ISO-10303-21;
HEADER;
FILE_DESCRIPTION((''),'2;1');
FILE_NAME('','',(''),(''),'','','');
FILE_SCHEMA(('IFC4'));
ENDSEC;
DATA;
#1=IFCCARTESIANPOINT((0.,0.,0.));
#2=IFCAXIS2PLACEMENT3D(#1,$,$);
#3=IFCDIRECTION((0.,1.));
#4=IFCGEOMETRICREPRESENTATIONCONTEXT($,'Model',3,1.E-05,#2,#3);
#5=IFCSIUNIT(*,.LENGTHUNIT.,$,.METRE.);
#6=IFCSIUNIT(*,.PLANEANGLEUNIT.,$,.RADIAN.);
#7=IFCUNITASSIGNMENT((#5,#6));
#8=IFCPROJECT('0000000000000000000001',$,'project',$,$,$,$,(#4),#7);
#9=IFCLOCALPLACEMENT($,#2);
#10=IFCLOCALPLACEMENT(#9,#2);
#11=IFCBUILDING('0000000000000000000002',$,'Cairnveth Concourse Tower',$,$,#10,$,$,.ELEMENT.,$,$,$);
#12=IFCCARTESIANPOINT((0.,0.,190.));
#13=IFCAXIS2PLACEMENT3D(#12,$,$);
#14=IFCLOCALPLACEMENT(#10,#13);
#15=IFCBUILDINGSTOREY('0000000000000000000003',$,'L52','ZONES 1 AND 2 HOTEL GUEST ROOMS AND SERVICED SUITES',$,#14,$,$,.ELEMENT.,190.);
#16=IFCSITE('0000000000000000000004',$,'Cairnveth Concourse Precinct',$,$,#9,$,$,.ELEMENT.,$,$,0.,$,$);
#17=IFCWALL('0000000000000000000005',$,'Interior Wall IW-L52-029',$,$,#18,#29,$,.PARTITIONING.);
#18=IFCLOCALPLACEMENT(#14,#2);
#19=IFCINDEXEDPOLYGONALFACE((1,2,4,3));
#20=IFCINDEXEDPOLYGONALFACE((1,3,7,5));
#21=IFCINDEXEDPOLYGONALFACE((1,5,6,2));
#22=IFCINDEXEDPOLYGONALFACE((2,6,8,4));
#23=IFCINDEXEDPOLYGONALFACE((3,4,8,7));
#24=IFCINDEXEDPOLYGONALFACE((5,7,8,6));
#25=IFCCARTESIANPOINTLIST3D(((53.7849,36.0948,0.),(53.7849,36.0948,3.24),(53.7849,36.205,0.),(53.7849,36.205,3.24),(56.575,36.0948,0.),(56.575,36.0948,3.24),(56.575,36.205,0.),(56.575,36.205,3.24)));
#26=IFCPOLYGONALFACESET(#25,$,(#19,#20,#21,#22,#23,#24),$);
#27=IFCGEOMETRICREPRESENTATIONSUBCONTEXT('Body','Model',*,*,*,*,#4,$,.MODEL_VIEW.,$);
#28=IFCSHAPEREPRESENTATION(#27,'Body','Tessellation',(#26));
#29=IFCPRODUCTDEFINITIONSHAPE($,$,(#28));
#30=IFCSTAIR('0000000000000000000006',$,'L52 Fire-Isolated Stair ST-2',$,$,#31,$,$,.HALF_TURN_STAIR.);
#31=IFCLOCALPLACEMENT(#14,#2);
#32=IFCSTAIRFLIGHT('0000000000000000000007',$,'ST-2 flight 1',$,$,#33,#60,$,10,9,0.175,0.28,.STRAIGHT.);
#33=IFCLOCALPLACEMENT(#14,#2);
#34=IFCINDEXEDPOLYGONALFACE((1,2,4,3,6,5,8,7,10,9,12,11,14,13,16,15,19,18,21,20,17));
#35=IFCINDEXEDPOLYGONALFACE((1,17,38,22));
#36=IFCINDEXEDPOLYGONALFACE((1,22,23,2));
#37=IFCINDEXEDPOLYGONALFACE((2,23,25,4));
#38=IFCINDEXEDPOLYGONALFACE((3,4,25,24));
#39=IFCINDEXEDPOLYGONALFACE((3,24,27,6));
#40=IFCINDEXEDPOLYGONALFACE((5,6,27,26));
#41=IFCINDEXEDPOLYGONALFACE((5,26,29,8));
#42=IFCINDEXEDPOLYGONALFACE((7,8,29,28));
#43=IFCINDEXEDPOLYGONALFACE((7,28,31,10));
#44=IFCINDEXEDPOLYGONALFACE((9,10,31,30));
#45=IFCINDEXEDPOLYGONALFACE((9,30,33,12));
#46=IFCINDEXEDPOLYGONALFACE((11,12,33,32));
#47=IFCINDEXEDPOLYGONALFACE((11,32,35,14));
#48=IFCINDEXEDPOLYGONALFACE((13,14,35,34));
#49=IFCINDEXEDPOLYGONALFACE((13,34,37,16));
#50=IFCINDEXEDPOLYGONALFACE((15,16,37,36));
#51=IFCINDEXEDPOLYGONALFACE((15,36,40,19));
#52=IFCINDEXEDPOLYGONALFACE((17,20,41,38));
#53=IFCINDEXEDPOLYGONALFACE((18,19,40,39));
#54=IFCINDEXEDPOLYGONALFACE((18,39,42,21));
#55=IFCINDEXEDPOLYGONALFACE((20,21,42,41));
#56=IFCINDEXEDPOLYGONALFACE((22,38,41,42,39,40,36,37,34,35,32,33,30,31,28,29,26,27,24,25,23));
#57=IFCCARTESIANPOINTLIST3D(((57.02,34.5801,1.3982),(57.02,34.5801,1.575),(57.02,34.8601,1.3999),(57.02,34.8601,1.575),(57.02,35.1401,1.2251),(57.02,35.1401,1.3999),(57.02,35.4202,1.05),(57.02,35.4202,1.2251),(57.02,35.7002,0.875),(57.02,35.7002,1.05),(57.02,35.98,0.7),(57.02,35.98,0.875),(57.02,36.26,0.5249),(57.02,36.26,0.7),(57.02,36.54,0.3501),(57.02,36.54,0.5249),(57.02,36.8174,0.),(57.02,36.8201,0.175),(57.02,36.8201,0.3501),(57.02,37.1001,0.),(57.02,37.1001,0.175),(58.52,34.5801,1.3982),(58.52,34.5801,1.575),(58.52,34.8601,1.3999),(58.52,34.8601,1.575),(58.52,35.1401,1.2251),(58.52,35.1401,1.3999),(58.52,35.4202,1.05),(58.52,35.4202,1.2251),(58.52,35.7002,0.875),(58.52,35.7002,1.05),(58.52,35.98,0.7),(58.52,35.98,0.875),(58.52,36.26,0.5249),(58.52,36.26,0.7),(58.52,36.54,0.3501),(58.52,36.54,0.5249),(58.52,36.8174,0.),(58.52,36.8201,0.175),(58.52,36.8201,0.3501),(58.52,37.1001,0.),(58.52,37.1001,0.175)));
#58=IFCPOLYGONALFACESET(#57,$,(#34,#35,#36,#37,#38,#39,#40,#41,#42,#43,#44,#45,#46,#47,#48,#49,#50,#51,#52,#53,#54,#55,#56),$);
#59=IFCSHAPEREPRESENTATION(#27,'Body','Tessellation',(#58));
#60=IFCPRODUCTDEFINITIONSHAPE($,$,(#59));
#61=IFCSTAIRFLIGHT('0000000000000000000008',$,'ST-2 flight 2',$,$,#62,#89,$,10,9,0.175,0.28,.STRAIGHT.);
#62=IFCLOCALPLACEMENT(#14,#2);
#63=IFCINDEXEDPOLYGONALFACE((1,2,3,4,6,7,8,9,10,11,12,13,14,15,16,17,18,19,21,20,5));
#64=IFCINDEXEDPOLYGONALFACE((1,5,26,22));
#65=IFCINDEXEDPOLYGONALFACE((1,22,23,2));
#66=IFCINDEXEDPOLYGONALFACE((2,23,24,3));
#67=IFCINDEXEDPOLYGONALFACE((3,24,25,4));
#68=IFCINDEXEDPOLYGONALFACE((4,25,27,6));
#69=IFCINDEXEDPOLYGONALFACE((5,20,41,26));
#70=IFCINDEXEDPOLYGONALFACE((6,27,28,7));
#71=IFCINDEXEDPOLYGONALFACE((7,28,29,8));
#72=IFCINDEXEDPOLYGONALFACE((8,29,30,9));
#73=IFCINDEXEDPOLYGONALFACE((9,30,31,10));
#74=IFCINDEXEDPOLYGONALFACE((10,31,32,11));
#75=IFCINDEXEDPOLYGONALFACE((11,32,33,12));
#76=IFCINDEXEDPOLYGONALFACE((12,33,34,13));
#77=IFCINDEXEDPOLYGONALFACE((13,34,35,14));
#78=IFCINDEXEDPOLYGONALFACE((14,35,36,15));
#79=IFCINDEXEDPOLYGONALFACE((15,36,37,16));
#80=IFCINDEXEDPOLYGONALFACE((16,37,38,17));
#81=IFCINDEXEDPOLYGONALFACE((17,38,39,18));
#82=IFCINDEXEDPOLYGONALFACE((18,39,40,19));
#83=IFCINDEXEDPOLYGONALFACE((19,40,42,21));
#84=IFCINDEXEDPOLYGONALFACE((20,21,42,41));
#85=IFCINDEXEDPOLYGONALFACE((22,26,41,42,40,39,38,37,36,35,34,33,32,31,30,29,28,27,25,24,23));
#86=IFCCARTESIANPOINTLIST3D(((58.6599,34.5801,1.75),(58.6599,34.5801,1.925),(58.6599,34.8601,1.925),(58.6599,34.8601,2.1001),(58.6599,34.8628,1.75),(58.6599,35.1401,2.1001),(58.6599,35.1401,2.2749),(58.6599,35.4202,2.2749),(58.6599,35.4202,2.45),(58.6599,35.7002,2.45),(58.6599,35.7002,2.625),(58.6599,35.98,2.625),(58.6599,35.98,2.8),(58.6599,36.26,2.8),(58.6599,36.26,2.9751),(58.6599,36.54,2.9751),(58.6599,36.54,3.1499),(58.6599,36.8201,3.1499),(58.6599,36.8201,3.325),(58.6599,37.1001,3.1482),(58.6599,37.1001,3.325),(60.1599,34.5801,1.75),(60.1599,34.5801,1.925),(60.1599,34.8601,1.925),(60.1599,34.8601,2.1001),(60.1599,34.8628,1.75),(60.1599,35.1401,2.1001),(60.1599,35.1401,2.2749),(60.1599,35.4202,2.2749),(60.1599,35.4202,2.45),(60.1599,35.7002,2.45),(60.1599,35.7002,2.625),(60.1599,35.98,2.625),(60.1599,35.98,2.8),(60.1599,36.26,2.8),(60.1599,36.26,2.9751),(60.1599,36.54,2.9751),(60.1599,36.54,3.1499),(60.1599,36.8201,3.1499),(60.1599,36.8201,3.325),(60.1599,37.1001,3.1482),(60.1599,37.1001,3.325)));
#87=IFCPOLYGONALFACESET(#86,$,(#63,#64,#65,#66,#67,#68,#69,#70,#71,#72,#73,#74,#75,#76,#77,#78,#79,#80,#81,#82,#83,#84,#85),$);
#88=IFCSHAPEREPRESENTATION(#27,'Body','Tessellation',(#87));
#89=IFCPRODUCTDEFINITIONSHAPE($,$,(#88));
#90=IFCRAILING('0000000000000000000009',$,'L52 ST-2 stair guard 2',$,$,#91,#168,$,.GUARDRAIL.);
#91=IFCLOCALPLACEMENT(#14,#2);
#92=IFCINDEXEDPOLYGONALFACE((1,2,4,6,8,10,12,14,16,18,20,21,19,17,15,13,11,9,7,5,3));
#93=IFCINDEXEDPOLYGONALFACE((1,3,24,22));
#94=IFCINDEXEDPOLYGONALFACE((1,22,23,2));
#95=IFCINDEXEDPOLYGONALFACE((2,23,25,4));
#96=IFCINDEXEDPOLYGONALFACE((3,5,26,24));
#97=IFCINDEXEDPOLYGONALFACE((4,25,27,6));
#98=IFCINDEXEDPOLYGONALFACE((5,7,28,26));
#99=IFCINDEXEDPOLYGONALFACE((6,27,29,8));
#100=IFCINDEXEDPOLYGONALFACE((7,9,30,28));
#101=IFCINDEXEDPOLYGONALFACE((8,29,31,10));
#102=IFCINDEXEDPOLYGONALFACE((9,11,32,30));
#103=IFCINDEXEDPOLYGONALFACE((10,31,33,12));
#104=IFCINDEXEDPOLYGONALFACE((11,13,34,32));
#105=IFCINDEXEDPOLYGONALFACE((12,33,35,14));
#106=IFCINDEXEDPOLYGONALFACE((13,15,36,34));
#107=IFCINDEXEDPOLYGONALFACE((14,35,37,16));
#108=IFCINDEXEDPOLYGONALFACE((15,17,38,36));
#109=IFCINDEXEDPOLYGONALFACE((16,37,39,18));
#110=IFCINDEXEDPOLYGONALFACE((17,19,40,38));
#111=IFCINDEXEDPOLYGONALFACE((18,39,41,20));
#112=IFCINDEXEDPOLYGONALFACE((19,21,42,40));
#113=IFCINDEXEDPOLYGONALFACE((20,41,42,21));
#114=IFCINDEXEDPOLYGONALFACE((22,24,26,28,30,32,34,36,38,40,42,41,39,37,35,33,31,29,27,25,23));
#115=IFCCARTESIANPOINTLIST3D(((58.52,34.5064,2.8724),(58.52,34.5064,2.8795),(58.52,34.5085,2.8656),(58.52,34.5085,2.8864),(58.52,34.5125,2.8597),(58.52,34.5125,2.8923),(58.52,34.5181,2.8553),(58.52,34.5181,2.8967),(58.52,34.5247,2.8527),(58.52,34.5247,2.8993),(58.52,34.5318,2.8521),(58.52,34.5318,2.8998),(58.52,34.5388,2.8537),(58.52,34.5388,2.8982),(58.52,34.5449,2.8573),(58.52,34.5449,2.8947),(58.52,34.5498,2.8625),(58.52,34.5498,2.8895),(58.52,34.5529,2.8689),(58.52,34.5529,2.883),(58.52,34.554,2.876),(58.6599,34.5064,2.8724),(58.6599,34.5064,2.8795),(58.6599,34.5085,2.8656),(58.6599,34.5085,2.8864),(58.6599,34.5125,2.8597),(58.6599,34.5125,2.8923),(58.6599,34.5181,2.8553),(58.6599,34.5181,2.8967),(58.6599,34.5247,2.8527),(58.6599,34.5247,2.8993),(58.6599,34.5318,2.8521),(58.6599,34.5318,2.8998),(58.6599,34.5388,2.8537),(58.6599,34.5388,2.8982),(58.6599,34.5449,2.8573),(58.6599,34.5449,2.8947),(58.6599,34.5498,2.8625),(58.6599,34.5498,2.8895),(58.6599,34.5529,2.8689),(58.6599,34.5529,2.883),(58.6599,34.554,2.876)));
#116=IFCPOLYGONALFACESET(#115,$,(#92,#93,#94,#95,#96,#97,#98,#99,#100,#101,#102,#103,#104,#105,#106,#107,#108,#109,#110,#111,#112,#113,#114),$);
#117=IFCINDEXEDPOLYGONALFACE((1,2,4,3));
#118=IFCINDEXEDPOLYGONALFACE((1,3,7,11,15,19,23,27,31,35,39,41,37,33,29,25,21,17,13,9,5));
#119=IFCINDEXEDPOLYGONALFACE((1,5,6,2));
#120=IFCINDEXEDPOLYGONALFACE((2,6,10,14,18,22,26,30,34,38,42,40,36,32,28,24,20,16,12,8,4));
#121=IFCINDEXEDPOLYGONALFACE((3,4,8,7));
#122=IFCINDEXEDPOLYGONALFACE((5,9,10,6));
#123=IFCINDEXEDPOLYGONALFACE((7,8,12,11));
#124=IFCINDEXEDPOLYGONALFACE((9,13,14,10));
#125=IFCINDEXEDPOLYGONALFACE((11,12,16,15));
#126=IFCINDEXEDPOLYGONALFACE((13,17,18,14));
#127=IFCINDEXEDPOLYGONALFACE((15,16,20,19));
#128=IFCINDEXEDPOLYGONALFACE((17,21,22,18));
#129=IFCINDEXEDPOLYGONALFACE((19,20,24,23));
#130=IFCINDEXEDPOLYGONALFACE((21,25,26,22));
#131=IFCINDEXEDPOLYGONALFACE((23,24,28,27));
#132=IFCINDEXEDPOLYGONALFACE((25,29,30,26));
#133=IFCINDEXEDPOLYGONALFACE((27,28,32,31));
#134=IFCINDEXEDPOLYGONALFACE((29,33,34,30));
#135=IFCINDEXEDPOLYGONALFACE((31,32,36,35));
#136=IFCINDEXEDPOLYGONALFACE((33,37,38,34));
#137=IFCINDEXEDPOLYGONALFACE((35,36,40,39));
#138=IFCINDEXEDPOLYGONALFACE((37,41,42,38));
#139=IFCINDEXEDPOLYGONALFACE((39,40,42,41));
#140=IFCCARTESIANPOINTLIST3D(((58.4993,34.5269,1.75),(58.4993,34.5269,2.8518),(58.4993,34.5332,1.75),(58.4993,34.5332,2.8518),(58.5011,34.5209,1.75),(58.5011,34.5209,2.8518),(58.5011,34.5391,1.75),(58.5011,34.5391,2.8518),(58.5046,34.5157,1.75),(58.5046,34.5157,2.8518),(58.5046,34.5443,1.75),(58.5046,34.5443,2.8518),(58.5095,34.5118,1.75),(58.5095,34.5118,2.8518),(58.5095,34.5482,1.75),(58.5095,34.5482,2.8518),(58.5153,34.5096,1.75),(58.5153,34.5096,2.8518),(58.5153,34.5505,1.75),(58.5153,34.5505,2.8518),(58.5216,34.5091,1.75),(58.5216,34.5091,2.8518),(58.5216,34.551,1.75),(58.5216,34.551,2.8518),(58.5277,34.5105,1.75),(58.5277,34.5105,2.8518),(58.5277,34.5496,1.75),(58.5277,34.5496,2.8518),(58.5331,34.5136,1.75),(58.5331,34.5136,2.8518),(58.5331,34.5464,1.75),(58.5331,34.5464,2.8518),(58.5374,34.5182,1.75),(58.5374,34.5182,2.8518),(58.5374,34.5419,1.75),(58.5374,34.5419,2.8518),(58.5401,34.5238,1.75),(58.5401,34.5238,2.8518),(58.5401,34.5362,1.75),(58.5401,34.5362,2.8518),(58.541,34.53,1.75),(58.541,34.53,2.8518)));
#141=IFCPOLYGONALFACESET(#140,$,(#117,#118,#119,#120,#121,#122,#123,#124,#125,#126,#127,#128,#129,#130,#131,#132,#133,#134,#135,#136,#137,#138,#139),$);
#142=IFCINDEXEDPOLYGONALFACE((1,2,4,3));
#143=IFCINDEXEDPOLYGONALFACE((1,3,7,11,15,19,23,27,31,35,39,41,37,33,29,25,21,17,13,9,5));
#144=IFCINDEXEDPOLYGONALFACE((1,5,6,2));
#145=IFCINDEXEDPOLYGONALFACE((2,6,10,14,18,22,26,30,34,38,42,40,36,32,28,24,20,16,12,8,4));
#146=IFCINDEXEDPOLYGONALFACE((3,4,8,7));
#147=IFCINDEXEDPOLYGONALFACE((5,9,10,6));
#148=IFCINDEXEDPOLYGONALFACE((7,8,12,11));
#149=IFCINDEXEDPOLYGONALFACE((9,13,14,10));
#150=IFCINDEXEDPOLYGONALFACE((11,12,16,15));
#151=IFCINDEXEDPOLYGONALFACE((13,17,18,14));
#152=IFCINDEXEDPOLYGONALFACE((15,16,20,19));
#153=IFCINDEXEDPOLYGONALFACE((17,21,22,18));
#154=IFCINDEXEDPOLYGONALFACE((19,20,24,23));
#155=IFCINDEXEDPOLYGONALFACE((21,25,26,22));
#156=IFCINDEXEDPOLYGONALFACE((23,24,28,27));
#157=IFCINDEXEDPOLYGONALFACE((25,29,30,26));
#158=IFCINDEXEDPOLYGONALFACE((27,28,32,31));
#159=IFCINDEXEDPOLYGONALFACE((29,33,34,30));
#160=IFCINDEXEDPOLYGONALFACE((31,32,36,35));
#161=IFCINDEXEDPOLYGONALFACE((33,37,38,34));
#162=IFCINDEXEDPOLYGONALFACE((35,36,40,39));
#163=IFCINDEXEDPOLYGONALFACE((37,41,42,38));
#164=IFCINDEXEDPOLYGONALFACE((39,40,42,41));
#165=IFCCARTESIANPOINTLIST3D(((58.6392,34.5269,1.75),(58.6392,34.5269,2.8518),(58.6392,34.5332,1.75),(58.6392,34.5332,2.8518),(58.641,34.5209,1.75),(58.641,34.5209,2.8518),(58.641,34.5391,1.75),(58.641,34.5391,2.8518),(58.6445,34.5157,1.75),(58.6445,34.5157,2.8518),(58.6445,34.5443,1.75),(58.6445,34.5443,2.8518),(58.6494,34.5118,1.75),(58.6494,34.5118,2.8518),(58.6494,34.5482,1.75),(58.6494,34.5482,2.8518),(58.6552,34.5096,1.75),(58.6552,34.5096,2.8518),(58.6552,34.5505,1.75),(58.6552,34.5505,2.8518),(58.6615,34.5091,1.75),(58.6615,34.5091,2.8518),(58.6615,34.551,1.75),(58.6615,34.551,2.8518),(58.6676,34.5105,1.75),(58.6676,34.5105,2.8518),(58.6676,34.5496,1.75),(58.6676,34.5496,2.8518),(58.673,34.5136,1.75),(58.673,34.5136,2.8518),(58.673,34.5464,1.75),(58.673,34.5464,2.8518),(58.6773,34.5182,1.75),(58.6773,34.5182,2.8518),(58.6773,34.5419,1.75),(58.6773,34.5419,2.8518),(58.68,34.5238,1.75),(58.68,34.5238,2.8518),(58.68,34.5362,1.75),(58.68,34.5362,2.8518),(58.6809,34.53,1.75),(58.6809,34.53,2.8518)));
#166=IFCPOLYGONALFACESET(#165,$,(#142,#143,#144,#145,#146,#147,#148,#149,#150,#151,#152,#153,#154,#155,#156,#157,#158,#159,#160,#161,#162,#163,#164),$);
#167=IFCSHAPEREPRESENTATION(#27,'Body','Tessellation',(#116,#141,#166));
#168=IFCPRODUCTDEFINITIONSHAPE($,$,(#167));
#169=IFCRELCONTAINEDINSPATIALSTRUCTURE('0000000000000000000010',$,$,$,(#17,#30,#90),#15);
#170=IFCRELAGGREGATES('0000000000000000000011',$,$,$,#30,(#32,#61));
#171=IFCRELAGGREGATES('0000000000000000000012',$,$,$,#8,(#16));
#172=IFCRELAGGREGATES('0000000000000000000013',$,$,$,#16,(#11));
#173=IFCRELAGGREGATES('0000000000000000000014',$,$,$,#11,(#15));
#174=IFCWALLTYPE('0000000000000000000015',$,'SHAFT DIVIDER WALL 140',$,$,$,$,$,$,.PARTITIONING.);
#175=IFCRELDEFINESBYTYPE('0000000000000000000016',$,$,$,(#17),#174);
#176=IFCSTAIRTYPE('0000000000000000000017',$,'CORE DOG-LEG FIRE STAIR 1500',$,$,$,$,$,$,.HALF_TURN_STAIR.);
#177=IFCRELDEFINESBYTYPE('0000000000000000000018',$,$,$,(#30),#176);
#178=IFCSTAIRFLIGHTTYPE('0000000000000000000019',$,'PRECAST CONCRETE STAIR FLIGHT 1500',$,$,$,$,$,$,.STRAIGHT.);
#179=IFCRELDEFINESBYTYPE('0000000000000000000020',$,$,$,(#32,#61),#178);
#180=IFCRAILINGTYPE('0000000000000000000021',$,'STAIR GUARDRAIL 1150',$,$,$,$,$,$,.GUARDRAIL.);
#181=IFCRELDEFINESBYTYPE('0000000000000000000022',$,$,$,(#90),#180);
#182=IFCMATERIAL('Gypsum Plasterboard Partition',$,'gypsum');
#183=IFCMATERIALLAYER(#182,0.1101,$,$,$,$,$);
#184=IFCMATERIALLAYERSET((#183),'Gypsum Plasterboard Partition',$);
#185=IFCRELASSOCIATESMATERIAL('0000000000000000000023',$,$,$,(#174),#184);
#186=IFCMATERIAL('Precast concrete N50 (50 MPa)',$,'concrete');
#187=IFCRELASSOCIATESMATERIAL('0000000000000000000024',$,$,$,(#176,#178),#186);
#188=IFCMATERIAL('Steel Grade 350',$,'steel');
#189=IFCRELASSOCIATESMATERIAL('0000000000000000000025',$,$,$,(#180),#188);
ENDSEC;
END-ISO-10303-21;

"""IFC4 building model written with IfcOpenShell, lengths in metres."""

from ifc_helpers import new_model, si_unit, direction, frame, frame_2d, origin, origin_2d, place, context, subcontext, project, spatial, polyline, rectangle, circle, outline, extrude, material, layer, layer_set, type_object, element, aggregate, save


model = new_model("IFC4")

# Units and contexts
model_context = context("Model", 3, precision=1e-05, world=origin(), true_north=direction((0.0, 1.0)))
body_context = subcontext(model_context, "Body", "Model", "MODEL_VIEW")
ifc_project = project(units=[si_unit("LENGTHUNIT", "METRE"), si_unit("PLANEANGLEUNIT", "RADIAN")], contexts=[model_context])

# Site, building, storey
site_placement = place(None, origin())
site = spatial("IfcSite", under=ifc_project, at=site_placement, Name="Cairnveth Concourse Precinct", CompositionType="ELEMENT", RefElevation=0.0)
building_placement = place(site_placement, origin())
building = spatial("IfcBuilding", under=site, at=building_placement, Name="Cairnveth Concourse Tower", CompositionType="ELEMENT")
storey_placement = place(building_placement, frame((0.0, 0.0, 190.0)))
storey = spatial("IfcBuildingStorey", under=building, at=storey_placement, Name="L52", Description="ZONES 1 AND 2 HOTEL GUEST ROOMS AND SERVICED SUITES", CompositionType="ELEMENT", Elevation=190.0)

# Shared definitions
ifc_material_1 = material(Name="Steel Grade 350", Category="steel")

# Wall
ifc_material_2 = material(Name="Gypsum Plasterboard Partition", Category="gypsum")
ifc_layer_1 = layer(ifc_material_2, 0.1101)
ifc_layer_set_1 = layer_set([ifc_layer_1], Name="Gypsum Plasterboard Partition")
wall_type_1 = type_object("IfcWallType", Name="SHAFT DIVIDER WALL 140", PredefinedType="PARTITIONING", material=ifc_layer_set_1)
for number, where, z_axis, x_axis, name in (
    (1, (53.7849, 36.1499, 0.0), (0.0, 0.0, 1.0), (1.0, 0.0, 0.0), "Interior Wall IW-L52-029"),
):
    element("IfcWall", number, at=place(storey_placement, frame(where, z_axis=z_axis, x_axis=x_axis)), inside=storey, type_object=wall_type_1, Name=name, PredefinedType="PARTITIONING", context=body_context, shape_type="SweptSolid", body=[
        extrude(rectangle(XDim=2.79, YDim=0.1101, at=frame_2d((1.395, 0.0))), origin(), (0.0, 0.0, 1.0), 3.24),
    ])

# Stair, stair flights
ifc_material_3 = material(Name="Precast concrete N50 (50 MPa)", Category="concrete")
stair_type = type_object("IfcStairType", Name="CORE DOG-LEG FIRE STAIR 1500", PredefinedType="HALF_TURN_STAIR", material=ifc_material_3)
stair_placement = place(storey_placement, origin())
stair = element("IfcStair", 2, at=stair_placement, inside=storey, type_object=stair_type, Name="L52 Fire-Isolated Stair ST-2", PredefinedType="HALF_TURN_STAIR")
stair_flight_type = type_object("IfcStairFlightType", Name="PRECAST CONCRETE STAIR FLIGHT 1500", PredefinedType="STRAIGHT", material=ifc_material_3)
stair_flight_1_placement = place(storey_placement, frame((57.77, 37.1001, 0.0), z_axis=(0.0, 0.0, 1.0), x_axis=(0.0, -1.0, 0.0)))
stair_flight_1 = element("IfcStairFlight", 3, at=stair_flight_1_placement, type_object=stair_flight_type, Name="ST-2 flight 1", NumberOfRisers=10, NumberOfTreads=9, PredefinedType="STRAIGHT", RiserHeight=0.175, TreadLength=0.28, context=body_context, shape_type="SweptSolid", body=[
    extrude(outline(polyline([(0.0, 0.0), (0.0, 0.175), (0.28, 0.175), (0.28, 0.3501), (0.5601, 0.3501), (0.5601, 0.5249), (0.8401, 0.5249), (0.8401, 0.7), (1.1201, 0.7), (1.1201, 0.875), (1.3999, 0.875), (1.3999, 1.05), (1.6799, 1.05), (1.6799, 1.2251), (1.96, 1.2251), (1.96, 1.3999), (2.24, 1.3999), (2.24, 1.575), (2.52, 1.575), (2.52, 1.75), (2.52, 1.3982), (0.2827, 0.0), (0.0, 0.0)])), frame((0.0, 0.75, 0.0), z_axis=(0.0, -1.0, 0.0), x_axis=(1.0, 0.0, 0.0)), (0.0, 0.0, 1.0), 1.5),
])
stair_flight_2_placement = place(storey_placement, frame((59.4099, 34.5801, 1.75), z_axis=(0.0, 0.0, 1.0), x_axis=(0.0, 1.0, 0.0)))
stair_flight_2 = element("IfcStairFlight", 4, at=stair_flight_2_placement, type_object=stair_flight_type, Name="ST-2 flight 2", NumberOfRisers=10, NumberOfTreads=9, PredefinedType="STRAIGHT", RiserHeight=0.175, TreadLength=0.28, context=body_context, shape_type="SweptSolid", body=[
    extrude(outline(polyline([(0.0, 0.0), (0.0, 0.175), (0.28, 0.175), (0.28, 0.3501), (0.5601, 0.3501), (0.5601, 0.5249), (0.8401, 0.5249), (0.8401, 0.7), (1.1201, 0.7), (1.1201, 0.875), (1.3999, 0.875), (1.3999, 1.05), (1.6799, 1.05), (1.6799, 1.2251), (1.96, 1.2251), (1.96, 1.3999), (2.24, 1.3999), (2.24, 1.575), (2.52, 1.575), (2.52, 1.75), (2.52, 1.3982), (0.2827, 0.0), (0.0, 0.0)])), frame((0.0, 0.75, 0.0), z_axis=(0.0, -1.0, 0.0), x_axis=(1.0, 0.0, 0.0)), (0.0, 0.0, 1.0), 1.5),
])
aggregate(stair, [stair_flight_1, stair_flight_2])

# Railing
railing_type_1 = type_object("IfcRailingType", Name="STAIR GUARDRAIL 1150", PredefinedType="GUARDRAIL", material=ifc_material_1)
railing_1_placement = place(storey_placement, frame((58.52, 34.53, 1.75)))
element("IfcRailing", 5, at=railing_1_placement, inside=storey, type_object=railing_type_1, Name="L52 ST-2 stair guard 2", PredefinedType="GUARDRAIL", context=body_context, shape_type="SweptSolid", body=[
    extrude(circle(Radius=0.0239, at=origin_2d()), frame((0.0, 0.0, 1.126), z_axis=(1.0, 0.0, 0.0), x_axis=(0.0, 1.0, 0.0)), (0.0, 0.0, 1.0), 0.1399),
    extrude(circle(Radius=0.021, at=origin_2d()), origin(), (0.0, 0.0, 1.0), 1.1018),
    extrude(circle(Radius=0.021, at=origin_2d()), frame((0.1399, 0.0, 0.0)), (0.0, 0.0, 1.0), 1.1018),
])

save(model, "model.ifc")
